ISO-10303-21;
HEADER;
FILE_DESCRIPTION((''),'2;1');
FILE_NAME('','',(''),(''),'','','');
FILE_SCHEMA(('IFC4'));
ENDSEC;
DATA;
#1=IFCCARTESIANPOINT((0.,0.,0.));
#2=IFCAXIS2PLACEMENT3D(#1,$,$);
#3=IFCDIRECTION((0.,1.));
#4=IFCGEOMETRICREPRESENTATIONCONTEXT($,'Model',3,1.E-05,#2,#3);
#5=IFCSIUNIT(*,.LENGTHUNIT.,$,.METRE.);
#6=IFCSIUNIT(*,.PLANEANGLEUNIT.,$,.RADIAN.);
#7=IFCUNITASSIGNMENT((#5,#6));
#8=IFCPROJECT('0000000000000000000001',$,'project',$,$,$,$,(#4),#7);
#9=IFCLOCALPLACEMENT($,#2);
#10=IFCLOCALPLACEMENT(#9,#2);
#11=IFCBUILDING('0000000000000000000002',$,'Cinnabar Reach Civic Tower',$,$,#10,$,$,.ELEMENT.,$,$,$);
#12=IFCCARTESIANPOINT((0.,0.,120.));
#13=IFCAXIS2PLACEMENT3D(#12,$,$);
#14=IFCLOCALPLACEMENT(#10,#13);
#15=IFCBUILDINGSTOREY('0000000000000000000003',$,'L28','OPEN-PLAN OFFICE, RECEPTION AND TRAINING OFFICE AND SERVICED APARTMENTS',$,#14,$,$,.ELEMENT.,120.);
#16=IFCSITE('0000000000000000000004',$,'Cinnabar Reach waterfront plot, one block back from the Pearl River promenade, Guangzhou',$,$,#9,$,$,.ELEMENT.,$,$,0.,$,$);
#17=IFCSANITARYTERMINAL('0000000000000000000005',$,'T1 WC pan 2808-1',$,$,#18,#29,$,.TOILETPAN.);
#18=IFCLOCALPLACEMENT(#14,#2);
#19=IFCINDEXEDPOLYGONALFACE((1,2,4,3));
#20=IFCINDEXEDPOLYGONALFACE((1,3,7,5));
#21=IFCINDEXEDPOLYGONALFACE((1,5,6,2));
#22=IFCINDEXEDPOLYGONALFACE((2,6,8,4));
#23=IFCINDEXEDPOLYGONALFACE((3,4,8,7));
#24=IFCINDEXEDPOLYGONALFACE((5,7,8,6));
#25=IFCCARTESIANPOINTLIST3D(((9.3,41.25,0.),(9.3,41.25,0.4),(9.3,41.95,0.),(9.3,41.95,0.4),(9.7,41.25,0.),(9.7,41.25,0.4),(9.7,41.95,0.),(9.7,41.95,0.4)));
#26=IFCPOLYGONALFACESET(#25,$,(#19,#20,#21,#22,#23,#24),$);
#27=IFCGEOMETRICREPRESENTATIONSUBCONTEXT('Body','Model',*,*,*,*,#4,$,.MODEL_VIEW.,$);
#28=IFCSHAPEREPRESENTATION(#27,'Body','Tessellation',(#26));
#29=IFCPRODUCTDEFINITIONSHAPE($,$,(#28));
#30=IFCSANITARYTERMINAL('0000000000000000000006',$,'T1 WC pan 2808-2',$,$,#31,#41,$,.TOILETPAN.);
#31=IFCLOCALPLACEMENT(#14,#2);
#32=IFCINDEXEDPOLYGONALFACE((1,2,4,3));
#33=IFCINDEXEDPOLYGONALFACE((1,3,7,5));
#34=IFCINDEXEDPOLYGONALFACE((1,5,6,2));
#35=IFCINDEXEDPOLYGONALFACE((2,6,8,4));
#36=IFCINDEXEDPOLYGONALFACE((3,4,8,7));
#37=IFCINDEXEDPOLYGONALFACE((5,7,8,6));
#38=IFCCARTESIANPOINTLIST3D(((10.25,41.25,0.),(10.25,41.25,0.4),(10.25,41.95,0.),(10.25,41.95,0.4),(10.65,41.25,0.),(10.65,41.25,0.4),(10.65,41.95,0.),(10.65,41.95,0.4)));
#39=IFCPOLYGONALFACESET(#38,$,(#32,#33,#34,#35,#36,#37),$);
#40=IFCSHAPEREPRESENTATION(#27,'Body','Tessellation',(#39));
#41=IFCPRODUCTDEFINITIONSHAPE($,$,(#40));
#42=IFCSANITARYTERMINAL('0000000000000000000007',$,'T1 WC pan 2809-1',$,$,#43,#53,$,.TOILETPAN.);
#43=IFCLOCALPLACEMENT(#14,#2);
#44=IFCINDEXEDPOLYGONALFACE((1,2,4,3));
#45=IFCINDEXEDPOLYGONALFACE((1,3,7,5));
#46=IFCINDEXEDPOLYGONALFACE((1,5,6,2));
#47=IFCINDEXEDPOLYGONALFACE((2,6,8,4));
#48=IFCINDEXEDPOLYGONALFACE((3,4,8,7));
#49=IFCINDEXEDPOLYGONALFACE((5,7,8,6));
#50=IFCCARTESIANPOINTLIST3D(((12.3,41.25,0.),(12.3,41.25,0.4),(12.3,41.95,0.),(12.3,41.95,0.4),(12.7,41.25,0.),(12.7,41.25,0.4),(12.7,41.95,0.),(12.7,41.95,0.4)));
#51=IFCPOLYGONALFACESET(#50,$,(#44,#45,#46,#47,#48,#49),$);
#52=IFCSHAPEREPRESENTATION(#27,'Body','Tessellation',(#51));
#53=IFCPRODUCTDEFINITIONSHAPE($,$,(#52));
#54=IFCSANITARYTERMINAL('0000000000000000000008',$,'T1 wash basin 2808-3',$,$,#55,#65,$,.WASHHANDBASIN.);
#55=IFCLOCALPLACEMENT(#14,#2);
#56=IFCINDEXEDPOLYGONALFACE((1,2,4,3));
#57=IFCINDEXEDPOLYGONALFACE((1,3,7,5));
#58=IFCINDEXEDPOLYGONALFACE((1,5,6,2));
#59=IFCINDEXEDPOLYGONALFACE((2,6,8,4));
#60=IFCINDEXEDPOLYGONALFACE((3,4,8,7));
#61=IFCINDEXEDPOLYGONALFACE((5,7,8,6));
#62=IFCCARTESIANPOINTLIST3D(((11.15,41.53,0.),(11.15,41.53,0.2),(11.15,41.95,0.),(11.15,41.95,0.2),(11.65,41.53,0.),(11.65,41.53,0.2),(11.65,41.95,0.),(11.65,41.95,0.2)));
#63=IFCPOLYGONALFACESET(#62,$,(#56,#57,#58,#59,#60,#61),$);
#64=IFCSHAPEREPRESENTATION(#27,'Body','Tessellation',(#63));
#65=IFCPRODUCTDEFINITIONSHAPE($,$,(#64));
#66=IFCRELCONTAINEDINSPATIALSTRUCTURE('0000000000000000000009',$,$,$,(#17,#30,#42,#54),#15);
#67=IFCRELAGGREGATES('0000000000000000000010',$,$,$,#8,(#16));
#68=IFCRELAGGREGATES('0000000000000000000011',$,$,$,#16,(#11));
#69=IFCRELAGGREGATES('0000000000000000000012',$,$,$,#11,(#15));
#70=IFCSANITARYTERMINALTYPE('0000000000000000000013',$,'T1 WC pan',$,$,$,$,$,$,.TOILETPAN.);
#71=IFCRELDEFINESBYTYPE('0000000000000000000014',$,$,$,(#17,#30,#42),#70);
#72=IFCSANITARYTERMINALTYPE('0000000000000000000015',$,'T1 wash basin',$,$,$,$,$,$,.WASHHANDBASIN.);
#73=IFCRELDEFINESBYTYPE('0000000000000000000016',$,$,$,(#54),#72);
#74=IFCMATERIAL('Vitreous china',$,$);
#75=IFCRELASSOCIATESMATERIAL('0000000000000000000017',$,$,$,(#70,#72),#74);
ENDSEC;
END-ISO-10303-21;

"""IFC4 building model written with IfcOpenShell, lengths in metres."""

from ifc_helpers import new_model, si_unit, direction, frame, origin, origin_2d, place, context, subcontext, project, spatial, rectangle, extrude, material, type_object, element, save


model = new_model("IFC4")

# Units and contexts
model_context = context("Model", 3, precision=1e-05, world=origin(), true_north=direction((0.0, 1.0)))
body_context = subcontext(model_context, "Body", "Model", "MODEL_VIEW")
ifc_project = project(units=[si_unit("LENGTHUNIT", "METRE"), si_unit("PLANEANGLEUNIT", "RADIAN")], contexts=[model_context])

# Site, building, storey
site_placement = place(None, origin())
site = spatial("IfcSite", under=ifc_project, at=site_placement, Name="Cinnabar Reach waterfront plot, one block back from the Pearl River promenade, Guangzhou", CompositionType="ELEMENT", RefElevation=0.0)
building_placement = place(site_placement, origin())
building = spatial("IfcBuilding", under=site, at=building_placement, Name="Cinnabar Reach Civic Tower", CompositionType="ELEMENT")
storey_placement = place(building_placement, frame((0.0, 0.0, 120.0)))
storey = spatial("IfcBuildingStorey", under=building, at=storey_placement, Name="L28", Description="OPEN-PLAN OFFICE, RECEPTION AND TRAINING OFFICE AND SERVICED APARTMENTS", CompositionType="ELEMENT", Elevation=120.0)

# Sanitary terminals
ifc_material_1 = material(Name="Vitreous china")
sanitary_terminal_type_1 = type_object("IfcSanitaryTerminalType", Name="T1 WC pan", PredefinedType="TOILETPAN", material=ifc_material_1)
for number, where, z_axis, x_axis, name in (
    (1, (9.5, 41.6, 0.0), (0.0, 0.0, 1.0), (1.0, 0.0, 0.0), "T1 WC pan 2808-1"),
    (2, (10.45, 41.6, 0.0), (0.0, 0.0, 1.0), (1.0, 0.0, 0.0), "T1 WC pan 2808-2"),
    (3, (12.5, 41.6, 0.0), (0.0, 0.0, 1.0), (1.0, 0.0, 0.0), "T1 WC pan 2809-1"),
):
    element("IfcSanitaryTerminal", number, at=place(storey_placement, frame(where, z_axis=z_axis, x_axis=x_axis)), inside=storey, type_object=sanitary_terminal_type_1, Name=name, PredefinedType="TOILETPAN", context=body_context, shape_type="SweptSolid", body=[
        extrude(rectangle(XDim=0.4, YDim=0.7, at=origin_2d()), origin(), (0.0, 0.0, 1.0), 0.4),
    ])
sanitary_terminal_type_2 = type_object("IfcSanitaryTerminalType", Name="T1 wash basin", PredefinedType="WASHHANDBASIN", material=ifc_material_1)
sanitary_terminal_placement = place(storey_placement, frame((11.4, 41.74, 0.0), z_axis=(0.0, 0.0, 1.0), x_axis=(1.0, 0.0, 0.0)))
element("IfcSanitaryTerminal", 4, at=sanitary_terminal_placement, inside=storey, type_object=sanitary_terminal_type_2, Name="T1 wash basin 2808-3", PredefinedType="WASHHANDBASIN", context=body_context, shape_type="SweptSolid", body=[
    extrude(rectangle(XDim=0.5, YDim=0.42, at=origin_2d()), origin(), (0.0, 0.0, 1.0), 0.2),
])

save(model, "model.ifc")
